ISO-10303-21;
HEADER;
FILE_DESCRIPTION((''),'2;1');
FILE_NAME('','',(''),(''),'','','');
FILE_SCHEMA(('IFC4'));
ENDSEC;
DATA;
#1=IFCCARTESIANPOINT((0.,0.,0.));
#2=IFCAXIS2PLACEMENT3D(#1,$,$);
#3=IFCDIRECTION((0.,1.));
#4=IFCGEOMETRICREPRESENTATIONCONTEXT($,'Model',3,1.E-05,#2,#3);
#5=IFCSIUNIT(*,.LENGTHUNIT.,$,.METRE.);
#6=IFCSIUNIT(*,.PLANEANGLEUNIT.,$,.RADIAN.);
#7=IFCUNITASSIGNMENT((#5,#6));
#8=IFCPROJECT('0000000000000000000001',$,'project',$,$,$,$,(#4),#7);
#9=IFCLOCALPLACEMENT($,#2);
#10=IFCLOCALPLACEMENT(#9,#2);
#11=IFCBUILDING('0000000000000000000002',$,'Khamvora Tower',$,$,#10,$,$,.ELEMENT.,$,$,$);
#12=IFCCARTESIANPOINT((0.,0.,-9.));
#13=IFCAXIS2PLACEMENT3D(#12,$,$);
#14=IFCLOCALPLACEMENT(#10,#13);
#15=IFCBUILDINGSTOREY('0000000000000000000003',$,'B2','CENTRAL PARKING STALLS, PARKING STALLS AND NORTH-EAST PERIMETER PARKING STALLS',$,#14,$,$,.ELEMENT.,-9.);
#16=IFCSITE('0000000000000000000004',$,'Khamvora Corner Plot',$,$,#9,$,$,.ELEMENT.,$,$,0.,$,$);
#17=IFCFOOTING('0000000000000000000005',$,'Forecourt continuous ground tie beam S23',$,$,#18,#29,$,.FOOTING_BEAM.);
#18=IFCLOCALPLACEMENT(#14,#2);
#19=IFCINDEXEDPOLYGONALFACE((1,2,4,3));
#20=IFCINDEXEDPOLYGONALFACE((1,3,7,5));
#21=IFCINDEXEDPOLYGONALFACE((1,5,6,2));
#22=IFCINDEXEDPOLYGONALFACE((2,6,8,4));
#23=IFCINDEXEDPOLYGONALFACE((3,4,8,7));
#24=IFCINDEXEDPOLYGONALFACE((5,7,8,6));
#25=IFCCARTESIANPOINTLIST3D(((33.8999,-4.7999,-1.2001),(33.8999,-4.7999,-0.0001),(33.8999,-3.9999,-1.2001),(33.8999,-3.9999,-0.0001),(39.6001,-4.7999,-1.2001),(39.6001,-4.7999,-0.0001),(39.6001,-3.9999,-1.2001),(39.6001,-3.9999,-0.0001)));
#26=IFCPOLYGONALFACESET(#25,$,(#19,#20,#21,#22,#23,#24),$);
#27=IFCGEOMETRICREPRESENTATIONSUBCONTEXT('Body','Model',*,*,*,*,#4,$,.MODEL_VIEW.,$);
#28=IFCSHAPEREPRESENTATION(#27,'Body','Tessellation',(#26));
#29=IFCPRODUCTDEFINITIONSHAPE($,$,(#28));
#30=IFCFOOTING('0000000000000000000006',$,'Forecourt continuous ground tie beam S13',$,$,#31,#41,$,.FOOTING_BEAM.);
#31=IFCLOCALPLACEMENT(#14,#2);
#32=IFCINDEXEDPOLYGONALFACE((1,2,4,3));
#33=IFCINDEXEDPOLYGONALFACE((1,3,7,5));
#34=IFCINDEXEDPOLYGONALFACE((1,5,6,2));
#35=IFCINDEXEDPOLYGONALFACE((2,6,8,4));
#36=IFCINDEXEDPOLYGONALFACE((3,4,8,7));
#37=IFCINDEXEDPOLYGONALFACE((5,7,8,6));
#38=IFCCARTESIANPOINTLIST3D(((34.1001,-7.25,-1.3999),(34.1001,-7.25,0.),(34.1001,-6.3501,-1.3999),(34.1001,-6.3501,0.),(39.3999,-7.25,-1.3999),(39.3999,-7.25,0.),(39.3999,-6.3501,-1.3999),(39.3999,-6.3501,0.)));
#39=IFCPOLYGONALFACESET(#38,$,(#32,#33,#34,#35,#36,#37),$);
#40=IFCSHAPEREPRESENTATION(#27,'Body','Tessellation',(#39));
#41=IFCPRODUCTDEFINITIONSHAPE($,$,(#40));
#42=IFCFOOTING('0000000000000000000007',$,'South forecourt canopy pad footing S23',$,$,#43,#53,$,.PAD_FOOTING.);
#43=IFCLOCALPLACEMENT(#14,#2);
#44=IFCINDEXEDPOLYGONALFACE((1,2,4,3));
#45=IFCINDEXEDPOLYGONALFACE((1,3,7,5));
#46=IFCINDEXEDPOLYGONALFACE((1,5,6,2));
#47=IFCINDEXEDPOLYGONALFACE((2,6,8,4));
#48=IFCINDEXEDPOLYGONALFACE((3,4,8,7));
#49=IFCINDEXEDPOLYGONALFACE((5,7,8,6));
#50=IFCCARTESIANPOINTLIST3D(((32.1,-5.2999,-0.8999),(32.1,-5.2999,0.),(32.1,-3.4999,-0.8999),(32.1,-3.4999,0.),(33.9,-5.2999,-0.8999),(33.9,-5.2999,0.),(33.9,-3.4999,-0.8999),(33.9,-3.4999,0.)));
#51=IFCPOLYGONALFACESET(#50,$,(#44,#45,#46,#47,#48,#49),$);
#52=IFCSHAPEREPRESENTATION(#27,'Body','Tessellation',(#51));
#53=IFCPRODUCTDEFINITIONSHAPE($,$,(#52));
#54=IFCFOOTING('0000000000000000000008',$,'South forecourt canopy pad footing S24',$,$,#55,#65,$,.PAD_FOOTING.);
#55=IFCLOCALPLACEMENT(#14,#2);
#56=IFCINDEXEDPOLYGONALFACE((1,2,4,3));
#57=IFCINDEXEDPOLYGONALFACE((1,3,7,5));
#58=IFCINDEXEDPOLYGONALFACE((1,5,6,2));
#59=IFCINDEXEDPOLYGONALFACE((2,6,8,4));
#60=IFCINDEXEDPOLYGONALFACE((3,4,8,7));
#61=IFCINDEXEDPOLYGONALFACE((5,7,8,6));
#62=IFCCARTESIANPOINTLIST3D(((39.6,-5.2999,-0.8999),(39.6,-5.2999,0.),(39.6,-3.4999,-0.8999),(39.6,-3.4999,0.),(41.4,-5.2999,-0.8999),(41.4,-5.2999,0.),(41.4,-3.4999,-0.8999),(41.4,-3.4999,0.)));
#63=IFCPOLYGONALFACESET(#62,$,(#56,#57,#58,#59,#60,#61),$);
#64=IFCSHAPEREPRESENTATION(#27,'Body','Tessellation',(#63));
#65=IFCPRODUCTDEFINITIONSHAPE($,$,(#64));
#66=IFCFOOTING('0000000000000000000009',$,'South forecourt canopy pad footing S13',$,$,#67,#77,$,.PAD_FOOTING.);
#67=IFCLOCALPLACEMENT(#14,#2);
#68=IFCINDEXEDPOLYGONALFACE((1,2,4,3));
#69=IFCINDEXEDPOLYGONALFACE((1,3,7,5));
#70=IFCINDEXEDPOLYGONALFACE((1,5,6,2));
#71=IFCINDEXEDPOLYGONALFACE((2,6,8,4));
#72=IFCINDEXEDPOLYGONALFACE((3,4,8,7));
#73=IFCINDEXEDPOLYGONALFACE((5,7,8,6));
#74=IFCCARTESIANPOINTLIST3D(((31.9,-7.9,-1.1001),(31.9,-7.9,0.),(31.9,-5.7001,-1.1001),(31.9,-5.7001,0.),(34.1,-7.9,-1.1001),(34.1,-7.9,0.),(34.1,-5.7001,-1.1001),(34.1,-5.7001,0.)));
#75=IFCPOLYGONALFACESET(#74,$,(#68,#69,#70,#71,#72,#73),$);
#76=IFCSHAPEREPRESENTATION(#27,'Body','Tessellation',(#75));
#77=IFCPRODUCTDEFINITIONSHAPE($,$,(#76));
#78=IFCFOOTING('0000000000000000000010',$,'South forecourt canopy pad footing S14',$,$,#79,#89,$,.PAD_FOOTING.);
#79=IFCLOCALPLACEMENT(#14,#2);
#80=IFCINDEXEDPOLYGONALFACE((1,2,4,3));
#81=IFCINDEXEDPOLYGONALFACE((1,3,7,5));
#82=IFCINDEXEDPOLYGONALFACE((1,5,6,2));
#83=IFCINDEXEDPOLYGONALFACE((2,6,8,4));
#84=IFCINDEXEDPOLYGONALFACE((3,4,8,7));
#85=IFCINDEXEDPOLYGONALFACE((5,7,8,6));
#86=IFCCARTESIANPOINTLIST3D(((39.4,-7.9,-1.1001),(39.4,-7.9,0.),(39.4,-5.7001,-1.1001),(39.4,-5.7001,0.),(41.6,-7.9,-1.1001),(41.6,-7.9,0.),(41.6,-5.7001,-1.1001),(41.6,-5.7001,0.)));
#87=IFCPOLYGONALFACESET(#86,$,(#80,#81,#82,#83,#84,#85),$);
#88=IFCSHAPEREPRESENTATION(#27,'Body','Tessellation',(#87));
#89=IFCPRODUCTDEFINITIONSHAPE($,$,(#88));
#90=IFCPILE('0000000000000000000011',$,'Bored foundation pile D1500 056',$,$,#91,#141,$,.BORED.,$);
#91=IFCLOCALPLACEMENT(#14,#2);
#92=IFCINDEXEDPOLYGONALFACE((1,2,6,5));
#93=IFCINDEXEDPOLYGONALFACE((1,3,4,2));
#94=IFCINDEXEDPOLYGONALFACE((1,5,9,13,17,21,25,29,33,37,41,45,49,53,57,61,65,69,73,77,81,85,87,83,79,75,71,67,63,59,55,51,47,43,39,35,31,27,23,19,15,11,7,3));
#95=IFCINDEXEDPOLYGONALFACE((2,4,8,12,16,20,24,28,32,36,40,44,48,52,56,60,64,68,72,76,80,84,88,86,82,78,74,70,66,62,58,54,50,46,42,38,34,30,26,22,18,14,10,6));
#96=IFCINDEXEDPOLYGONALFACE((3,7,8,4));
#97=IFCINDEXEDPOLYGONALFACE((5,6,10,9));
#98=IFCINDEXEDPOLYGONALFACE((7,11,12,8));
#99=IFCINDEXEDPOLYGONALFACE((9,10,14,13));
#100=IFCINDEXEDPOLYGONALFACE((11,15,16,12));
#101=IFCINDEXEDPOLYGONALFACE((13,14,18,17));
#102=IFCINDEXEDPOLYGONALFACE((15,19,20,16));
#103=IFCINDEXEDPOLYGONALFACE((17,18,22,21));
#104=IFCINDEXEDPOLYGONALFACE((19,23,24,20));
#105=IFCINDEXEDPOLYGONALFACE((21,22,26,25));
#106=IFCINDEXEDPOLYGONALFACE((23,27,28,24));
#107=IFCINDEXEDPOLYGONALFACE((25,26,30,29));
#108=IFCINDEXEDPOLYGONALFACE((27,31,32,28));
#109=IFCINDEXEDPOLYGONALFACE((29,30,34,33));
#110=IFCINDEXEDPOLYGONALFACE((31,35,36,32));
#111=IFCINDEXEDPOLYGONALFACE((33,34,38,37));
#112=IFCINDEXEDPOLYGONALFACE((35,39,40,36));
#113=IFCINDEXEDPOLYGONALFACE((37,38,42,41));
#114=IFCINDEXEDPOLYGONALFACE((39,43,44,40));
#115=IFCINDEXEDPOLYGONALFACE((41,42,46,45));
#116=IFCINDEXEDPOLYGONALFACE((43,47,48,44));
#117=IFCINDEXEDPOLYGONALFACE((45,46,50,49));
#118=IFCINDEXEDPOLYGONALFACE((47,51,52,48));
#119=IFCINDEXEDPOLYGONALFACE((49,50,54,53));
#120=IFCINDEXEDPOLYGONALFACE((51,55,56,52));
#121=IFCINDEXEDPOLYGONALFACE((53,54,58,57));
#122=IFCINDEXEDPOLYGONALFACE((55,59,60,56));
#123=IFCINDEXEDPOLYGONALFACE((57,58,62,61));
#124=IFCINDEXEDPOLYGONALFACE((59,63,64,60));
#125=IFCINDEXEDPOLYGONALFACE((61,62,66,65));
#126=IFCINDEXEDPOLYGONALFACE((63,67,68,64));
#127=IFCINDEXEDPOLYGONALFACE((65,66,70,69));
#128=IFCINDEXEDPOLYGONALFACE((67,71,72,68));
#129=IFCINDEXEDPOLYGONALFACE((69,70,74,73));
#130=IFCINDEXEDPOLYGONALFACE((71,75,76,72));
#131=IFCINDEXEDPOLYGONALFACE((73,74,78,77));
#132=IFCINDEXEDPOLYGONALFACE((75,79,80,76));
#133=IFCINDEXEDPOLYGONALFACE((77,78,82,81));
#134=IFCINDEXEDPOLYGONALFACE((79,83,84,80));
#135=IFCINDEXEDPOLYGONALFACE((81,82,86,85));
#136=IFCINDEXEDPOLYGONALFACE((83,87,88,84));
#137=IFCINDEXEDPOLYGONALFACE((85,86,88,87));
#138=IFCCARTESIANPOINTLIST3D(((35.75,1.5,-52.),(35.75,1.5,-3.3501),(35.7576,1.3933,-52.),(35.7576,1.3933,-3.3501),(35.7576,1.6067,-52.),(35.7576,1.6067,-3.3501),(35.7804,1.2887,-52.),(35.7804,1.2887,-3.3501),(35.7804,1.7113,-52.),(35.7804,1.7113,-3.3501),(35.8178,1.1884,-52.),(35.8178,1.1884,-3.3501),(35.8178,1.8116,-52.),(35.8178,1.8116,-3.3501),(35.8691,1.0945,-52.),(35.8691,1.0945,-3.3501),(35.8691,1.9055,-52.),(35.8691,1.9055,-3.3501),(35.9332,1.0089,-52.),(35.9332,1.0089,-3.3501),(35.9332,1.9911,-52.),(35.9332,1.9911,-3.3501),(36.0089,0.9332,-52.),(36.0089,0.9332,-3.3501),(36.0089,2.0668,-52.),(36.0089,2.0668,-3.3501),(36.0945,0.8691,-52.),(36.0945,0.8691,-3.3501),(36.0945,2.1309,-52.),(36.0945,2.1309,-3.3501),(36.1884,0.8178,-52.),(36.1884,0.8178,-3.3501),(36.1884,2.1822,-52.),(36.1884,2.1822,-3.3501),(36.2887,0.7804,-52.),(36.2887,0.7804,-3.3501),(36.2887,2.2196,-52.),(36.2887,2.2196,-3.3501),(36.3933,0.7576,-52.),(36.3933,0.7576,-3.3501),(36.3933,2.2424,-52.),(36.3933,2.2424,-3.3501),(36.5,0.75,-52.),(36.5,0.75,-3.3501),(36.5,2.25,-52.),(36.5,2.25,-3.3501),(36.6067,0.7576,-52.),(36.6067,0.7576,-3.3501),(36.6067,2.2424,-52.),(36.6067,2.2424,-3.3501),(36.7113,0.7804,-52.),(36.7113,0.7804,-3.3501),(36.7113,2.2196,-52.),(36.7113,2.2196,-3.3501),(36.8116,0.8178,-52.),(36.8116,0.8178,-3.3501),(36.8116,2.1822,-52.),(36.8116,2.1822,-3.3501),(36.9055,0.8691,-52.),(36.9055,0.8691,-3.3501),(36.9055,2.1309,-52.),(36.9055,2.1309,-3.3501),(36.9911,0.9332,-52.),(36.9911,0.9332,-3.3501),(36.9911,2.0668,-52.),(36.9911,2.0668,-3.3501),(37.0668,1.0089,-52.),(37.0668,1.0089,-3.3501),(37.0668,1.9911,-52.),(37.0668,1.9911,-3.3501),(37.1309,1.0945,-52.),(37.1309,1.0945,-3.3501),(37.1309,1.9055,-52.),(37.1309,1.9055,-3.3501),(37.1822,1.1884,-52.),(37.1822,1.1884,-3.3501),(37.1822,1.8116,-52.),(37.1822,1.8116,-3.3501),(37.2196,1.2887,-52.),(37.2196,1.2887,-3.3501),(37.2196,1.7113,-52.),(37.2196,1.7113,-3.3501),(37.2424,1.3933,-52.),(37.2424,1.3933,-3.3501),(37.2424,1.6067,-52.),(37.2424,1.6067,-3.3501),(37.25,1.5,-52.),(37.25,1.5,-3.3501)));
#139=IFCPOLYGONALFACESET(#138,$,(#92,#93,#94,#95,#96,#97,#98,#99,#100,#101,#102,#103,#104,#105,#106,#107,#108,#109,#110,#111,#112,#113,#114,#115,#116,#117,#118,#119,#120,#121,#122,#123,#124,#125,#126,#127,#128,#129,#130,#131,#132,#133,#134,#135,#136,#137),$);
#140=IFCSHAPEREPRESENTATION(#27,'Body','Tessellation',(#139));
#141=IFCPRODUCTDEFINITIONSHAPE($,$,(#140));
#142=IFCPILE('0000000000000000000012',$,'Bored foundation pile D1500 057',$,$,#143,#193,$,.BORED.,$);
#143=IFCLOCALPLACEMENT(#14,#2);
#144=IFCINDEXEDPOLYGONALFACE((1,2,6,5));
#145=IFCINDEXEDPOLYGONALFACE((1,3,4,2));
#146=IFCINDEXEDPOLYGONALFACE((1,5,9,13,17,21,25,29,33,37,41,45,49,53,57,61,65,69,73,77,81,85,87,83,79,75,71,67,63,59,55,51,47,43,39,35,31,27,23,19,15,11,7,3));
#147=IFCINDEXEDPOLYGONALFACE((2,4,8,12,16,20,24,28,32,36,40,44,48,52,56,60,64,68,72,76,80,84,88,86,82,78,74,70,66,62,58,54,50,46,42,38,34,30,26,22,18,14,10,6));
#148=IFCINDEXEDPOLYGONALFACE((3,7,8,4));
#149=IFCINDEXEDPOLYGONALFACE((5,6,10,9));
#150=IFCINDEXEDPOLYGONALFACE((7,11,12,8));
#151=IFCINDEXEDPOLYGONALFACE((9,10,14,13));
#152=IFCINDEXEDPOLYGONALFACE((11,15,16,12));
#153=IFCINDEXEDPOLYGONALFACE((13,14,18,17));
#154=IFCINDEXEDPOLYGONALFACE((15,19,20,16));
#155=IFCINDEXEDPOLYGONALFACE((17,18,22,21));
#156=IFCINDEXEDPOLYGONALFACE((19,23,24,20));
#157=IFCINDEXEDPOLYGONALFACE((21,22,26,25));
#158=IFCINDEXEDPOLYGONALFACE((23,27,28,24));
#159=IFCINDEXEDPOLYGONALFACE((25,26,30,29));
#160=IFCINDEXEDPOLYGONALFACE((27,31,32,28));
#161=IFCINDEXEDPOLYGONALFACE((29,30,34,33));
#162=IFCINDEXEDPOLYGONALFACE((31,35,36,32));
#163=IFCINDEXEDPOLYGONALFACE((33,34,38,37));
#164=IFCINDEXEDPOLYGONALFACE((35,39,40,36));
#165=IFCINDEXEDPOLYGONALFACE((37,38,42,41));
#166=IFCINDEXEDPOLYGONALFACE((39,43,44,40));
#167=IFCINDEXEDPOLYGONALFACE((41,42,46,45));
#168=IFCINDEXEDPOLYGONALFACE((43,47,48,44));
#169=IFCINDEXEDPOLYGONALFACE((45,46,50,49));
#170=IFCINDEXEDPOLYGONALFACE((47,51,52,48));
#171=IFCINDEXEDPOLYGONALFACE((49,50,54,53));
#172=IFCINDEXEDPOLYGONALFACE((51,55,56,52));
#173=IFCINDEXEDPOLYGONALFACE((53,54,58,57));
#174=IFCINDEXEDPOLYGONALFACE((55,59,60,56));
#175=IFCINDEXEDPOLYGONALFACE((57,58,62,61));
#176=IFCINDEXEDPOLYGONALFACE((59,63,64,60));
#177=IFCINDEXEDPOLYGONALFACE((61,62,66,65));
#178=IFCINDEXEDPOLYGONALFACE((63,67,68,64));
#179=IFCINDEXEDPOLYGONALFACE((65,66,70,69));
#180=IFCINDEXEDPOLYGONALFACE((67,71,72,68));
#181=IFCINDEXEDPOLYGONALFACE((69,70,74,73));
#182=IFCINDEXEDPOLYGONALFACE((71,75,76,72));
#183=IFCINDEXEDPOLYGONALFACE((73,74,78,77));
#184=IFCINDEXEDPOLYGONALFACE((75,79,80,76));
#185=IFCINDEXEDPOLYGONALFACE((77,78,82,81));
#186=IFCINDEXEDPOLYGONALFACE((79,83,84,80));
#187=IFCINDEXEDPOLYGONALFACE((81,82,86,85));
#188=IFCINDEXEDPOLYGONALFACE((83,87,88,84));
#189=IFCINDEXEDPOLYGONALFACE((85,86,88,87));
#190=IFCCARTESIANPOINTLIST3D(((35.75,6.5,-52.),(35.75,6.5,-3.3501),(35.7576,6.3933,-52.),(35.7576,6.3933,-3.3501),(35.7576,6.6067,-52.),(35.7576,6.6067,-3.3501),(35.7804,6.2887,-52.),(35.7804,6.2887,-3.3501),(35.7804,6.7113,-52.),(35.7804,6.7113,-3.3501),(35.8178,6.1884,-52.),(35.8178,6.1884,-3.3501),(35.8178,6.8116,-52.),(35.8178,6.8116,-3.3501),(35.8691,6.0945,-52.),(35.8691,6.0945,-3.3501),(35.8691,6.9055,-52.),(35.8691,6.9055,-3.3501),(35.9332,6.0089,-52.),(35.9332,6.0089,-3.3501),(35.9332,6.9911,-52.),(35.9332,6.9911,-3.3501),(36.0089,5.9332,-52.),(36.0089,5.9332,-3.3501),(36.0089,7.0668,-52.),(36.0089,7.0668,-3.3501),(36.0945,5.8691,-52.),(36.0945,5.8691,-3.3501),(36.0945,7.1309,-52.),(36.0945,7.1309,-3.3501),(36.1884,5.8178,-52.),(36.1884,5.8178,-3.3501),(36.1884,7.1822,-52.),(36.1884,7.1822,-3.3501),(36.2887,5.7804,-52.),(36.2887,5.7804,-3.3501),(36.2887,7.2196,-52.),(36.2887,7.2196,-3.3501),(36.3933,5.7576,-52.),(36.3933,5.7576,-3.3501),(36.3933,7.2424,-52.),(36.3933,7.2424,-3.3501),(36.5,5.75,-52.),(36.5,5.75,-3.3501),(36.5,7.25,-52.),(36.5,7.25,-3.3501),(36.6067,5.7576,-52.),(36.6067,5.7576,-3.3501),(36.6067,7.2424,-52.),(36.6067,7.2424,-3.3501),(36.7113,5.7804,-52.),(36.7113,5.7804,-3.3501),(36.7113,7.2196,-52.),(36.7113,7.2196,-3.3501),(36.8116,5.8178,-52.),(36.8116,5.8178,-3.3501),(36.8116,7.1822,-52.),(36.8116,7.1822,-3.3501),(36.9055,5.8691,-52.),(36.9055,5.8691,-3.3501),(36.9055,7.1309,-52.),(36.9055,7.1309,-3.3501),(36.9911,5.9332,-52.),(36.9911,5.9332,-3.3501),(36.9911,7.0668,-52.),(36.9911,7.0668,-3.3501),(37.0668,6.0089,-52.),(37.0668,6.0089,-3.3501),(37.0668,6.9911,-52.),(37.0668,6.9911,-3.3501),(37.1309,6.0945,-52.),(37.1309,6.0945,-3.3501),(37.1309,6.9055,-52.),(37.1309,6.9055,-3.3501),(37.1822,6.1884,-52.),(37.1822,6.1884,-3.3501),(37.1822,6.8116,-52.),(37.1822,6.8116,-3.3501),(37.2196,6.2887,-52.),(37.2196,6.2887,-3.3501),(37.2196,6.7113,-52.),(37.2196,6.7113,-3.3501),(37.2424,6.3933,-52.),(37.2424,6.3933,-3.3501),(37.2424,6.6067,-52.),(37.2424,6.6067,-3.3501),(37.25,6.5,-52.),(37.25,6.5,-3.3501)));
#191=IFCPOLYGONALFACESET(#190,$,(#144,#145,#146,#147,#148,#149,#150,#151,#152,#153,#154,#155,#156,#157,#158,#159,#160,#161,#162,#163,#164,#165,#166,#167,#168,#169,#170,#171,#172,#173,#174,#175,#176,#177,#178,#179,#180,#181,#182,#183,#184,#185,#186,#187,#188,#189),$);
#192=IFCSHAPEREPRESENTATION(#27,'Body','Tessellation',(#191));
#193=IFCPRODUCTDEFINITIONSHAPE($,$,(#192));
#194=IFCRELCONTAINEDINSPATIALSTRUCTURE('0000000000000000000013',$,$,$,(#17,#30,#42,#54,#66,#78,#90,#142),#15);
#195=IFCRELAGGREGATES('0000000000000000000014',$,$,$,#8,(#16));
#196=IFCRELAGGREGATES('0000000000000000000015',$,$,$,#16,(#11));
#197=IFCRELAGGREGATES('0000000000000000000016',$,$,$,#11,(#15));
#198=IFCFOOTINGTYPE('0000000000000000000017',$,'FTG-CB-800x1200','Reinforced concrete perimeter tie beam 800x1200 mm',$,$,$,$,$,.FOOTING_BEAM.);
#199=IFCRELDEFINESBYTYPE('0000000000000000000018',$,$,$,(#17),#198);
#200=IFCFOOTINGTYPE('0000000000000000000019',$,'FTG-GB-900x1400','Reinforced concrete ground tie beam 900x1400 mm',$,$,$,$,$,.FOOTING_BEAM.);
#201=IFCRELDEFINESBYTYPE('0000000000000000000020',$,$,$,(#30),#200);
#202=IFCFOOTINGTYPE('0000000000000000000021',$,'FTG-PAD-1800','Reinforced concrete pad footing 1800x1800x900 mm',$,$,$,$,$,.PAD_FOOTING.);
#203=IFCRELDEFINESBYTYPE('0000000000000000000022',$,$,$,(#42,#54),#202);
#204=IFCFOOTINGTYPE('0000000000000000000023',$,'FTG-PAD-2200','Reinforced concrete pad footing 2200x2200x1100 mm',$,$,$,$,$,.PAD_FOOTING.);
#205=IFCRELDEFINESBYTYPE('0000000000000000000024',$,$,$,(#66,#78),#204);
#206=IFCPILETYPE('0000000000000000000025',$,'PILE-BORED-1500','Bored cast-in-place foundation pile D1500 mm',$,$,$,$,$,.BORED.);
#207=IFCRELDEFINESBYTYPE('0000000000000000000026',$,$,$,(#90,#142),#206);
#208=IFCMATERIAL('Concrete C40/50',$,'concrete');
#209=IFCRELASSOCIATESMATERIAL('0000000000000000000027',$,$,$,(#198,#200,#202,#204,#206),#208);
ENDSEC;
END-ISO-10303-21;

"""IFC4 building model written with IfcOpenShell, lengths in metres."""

from ifc_helpers import new_model, si_unit, direction, frame, origin, origin_2d, place, context, subcontext, project, spatial, rectangle, circle, extrude, material, material_profile, profile_set, type_object, element, save


model = new_model("IFC4")

# Units and contexts
model_context = context("Model", 3, precision=1e-05, world=origin(), true_north=direction((0.0, 1.0)))
body_context = subcontext(model_context, "Body", "Model", "MODEL_VIEW")
ifc_project = project(units=[si_unit("LENGTHUNIT", "METRE"), si_unit("PLANEANGLEUNIT", "RADIAN")], contexts=[model_context])

# Site, building, storey
site_placement = place(None, origin())
site = spatial("IfcSite", under=ifc_project, at=site_placement, Name="Khamvora Corner Plot", CompositionType="ELEMENT", RefElevation=0.0)
building_placement = place(site_placement, origin())
building = spatial("IfcBuilding", under=site, at=building_placement, Name="Khamvora Tower", CompositionType="ELEMENT")
storey_placement = place(building_placement, frame((0.0, 0.0, -9.0)))
storey = spatial("IfcBuildingStorey", under=building, at=storey_placement, Name="B2", Description="CENTRAL PARKING STALLS, PARKING STALLS AND NORTH-EAST PERIMETER PARKING STALLS", CompositionType="ELEMENT", Elevation=-9.0)

# Footings
ifc_material_1 = material(Name="Concrete C40/50", Category="concrete")
ifc_material_profile_1 = material_profile(ifc_material_1, rectangle(XDim=0.8, YDim=1.2, at=origin_2d()), Name="CB800x1200")
ifc_profile_set_1 = profile_set([ifc_material_profile_1], Name="Concrete C40/50")
footing_type_1 = type_object("IfcFootingType", Name="FTG-CB-800x1200", Description="Reinforced concrete perimeter tie beam 800x1200 mm", PredefinedType="FOOTING_BEAM", material=ifc_profile_set_1)
footing_1_placement = place(storey_placement, frame((33.8999, -4.3999, -0.6001), z_axis=(1.0, 0.0, 0.0), x_axis=(0.0, 1.0, 0.0)))
element("IfcFooting", 1, at=footing_1_placement, inside=storey, type_object=footing_type_1, Name="Forecourt continuous ground tie beam S23", PredefinedType="FOOTING_BEAM", context=body_context, shape_type="SweptSolid", body=[
    extrude(rectangle(XDim=0.8, YDim=1.2, at=origin_2d()), origin(), (0.0, 0.0, 1.0), 5.7002),
])
ifc_material_profile_2 = material_profile(ifc_material_1, rectangle(XDim=0.8999, YDim=1.3999, at=origin_2d()), Name="GB900x1400")
ifc_profile_set_2 = profile_set([ifc_material_profile_2], Name="Concrete C40/50")
footing_type_2 = type_object("IfcFootingType", Name="FTG-GB-900x1400", Description="Reinforced concrete ground tie beam 900x1400 mm", PredefinedType="FOOTING_BEAM", material=ifc_profile_set_2)
footing_2_placement = place(storey_placement, frame((34.1001, -6.8, -0.7), z_axis=(1.0, 0.0, 0.0), x_axis=(0.0, 1.0, 0.0)))
element("IfcFooting", 2, at=footing_2_placement, inside=storey, type_object=footing_type_2, Name="Forecourt continuous ground tie beam S13", PredefinedType="FOOTING_BEAM", context=body_context, shape_type="SweptSolid", body=[
    extrude(rectangle(XDim=0.8999, YDim=1.3999, at=origin_2d()), origin(), (0.0, 0.0, 1.0), 5.2998),
])
footing_type_3 = type_object("IfcFootingType", Name="FTG-PAD-1800", Description="Reinforced concrete pad footing 1800x1800x900 mm", PredefinedType="PAD_FOOTING", material=ifc_material_1)
for number, where, z_axis, x_axis, name in (
    (3, (33.0, -4.3999, -0.8999), (0.0, 0.0, 1.0), (1.0, 0.0, 0.0), "South forecourt canopy pad footing S23"),
    (4, (40.5, -4.3999, -0.8999), (0.0, 0.0, 1.0), (1.0, 0.0, 0.0), "South forecourt canopy pad footing S24"),
):
    element("IfcFooting", number, at=place(storey_placement, frame(where, z_axis=z_axis, x_axis=x_axis)), inside=storey, type_object=footing_type_3, Name=name, PredefinedType="PAD_FOOTING", context=body_context, shape_type="SweptSolid", body=[
        extrude(rectangle(XDim=1.8, YDim=1.8, at=origin_2d()), origin(), (0.0, 0.0, 1.0), 0.8999),
    ])
footing_type_4 = type_object("IfcFootingType", Name="FTG-PAD-2200", Description="Reinforced concrete pad footing 2200x2200x1100 mm", PredefinedType="PAD_FOOTING", material=ifc_material_1)
for number, where, z_axis, x_axis, name in (
    (5, (33.0, -6.8, -1.1001), (0.0, 0.0, 1.0), (1.0, 0.0, 0.0), "South forecourt canopy pad footing S13"),
    (6, (40.5, -6.8, -1.1001), (0.0, 0.0, 1.0), (1.0, 0.0, 0.0), "South forecourt canopy pad footing S14"),
):
    element("IfcFooting", number, at=place(storey_placement, frame(where, z_axis=z_axis, x_axis=x_axis)), inside=storey, type_object=footing_type_4, Name=name, PredefinedType="PAD_FOOTING", context=body_context, shape_type="SweptSolid", body=[
        extrude(rectangle(XDim=2.2, YDim=2.2, at=origin_2d()), origin(), (0.0, 0.0, 1.0), 1.1001),
    ])

# Piles
ifc_material_profile_3 = material_profile(ifc_material_1, circle(Radius=0.75, at=origin_2d()), Name="PILE_D1500")
ifc_profile_set_3 = profile_set([ifc_material_profile_3], Name="Concrete C40/50")
pile_type = type_object("IfcPileType", Name="PILE-BORED-1500", Description="Bored cast-in-place foundation pile D1500 mm", PredefinedType="BORED", material=ifc_profile_set_3)
for number, where, z_axis, x_axis, name in (
    (7, (36.5, 1.5, -3.3501), (0.0, 0.0, -1.0), (1.0, 0.0, 0.0), "Bored foundation pile D1500 056"),
    (8, (36.5, 6.5, -3.3501), (0.0, 0.0, -1.0), (1.0, 0.0, 0.0), "Bored foundation pile D1500 057"),
):
    element("IfcPile", number, at=place(storey_placement, frame(where, z_axis=z_axis, x_axis=x_axis)), inside=storey, type_object=pile_type, Name=name, PredefinedType="BORED", context=body_context, shape_type="SweptSolid", body=[
        extrude(circle(Radius=0.75, at=origin_2d()), origin(), (0.0, 0.0, 1.0), 48.6499),
    ])

save(model, "model.ifc")
